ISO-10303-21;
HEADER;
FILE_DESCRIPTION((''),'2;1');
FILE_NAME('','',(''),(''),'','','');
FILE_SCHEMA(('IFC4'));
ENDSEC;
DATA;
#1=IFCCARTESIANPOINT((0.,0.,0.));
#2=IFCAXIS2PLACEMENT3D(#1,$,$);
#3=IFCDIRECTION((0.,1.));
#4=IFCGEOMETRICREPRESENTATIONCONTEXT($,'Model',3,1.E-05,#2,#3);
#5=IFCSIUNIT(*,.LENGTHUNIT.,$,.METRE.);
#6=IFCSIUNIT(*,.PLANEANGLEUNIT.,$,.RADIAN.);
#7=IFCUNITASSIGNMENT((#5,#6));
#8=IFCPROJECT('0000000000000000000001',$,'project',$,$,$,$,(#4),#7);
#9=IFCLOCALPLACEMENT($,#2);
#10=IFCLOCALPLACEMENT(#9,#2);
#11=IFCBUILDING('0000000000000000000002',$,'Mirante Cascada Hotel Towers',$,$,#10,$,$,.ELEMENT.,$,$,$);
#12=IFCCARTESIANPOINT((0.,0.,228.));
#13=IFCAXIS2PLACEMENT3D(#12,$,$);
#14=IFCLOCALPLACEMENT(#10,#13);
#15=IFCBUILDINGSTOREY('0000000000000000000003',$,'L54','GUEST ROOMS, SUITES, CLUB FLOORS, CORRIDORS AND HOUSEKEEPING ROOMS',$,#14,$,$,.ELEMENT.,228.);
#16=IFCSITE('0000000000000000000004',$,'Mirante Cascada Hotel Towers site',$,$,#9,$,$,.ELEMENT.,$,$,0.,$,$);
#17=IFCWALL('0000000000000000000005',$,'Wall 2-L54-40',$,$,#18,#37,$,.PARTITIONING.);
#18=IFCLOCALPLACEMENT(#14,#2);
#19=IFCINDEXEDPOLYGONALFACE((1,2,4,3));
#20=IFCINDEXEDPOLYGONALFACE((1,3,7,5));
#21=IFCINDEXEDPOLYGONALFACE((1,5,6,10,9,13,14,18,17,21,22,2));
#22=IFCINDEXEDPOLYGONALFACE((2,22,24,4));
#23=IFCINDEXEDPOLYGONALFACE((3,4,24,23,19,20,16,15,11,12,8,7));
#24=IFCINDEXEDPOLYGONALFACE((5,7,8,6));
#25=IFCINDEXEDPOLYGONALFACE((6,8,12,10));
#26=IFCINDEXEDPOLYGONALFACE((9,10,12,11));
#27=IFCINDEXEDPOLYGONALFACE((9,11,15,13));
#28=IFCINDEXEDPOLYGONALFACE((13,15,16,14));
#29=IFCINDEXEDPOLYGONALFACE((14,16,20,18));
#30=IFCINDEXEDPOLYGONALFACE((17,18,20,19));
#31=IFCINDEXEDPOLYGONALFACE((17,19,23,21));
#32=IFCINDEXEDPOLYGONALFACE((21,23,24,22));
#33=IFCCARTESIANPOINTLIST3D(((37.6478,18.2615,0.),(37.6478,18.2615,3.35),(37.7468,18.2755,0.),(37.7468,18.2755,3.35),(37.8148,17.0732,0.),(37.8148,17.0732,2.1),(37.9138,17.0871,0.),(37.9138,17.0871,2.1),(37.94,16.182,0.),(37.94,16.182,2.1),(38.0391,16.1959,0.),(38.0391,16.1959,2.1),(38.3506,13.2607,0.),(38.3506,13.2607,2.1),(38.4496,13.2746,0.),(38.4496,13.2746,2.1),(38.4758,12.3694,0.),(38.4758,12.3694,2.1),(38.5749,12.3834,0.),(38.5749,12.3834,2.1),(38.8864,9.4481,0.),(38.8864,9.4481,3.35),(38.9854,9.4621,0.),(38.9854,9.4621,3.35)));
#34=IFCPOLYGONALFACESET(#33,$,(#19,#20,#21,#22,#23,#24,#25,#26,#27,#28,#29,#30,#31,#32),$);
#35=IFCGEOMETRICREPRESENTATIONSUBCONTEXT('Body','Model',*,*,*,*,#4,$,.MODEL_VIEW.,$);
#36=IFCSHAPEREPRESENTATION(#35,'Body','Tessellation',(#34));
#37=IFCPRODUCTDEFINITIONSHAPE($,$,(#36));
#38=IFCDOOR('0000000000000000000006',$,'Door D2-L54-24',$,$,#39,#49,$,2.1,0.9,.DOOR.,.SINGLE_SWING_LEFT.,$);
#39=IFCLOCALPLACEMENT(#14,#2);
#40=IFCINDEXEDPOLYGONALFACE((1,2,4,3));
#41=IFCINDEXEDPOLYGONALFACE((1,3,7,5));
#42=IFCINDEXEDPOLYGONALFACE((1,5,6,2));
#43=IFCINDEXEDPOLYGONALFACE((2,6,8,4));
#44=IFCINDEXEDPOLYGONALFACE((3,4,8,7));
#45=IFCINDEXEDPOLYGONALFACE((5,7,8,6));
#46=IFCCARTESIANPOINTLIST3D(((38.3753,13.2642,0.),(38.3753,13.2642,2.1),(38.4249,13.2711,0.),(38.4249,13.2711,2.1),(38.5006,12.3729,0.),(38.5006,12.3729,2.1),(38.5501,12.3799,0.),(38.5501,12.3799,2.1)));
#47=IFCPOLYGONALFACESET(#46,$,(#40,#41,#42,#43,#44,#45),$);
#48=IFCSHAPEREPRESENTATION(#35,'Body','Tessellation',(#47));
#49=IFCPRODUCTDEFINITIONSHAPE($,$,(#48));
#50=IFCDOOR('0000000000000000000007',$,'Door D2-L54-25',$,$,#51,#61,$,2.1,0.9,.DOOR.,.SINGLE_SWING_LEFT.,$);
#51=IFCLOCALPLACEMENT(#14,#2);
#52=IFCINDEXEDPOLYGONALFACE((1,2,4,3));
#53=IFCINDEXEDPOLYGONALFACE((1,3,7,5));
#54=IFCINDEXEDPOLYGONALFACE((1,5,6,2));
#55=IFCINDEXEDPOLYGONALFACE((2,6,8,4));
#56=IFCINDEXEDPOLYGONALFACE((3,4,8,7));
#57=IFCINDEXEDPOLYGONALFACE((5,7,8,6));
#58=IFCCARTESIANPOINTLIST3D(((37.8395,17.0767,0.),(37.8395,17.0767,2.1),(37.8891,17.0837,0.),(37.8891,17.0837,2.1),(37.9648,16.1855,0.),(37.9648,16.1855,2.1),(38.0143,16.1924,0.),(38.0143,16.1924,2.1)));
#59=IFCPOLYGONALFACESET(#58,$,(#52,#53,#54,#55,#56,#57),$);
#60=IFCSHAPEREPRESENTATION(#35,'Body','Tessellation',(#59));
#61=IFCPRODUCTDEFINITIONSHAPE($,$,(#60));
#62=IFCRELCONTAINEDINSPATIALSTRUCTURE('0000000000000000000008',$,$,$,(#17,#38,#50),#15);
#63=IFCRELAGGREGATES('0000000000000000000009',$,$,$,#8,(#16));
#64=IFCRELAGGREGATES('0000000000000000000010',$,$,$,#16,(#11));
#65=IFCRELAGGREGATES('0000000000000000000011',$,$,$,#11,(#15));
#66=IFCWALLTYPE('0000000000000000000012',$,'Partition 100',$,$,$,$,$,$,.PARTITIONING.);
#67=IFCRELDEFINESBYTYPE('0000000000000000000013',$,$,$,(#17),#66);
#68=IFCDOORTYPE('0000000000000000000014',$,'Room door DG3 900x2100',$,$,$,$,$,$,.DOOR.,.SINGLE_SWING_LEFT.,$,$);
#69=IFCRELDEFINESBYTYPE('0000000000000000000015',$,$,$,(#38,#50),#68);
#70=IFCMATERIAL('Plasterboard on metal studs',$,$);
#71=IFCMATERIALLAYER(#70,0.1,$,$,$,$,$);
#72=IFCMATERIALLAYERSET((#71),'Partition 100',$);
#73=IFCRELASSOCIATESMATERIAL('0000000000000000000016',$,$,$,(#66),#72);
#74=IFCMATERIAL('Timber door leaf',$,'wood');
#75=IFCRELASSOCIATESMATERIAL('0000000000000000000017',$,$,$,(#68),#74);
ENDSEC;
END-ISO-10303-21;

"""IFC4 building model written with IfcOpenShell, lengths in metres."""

from ifc_helpers import new_model, si_unit, direction, frame, frame_2d, origin, place, context, subcontext, project, spatial, rectangle, extrude, material, layer, layer_set, type_object, element, fill, save


model = new_model("IFC4")

# Units and contexts
model_context = context("Model", 3, precision=1e-05, world=origin(), true_north=direction((0.0, 1.0)))
body_context = subcontext(model_context, "Body", "Model", "MODEL_VIEW")
ifc_project = project(units=[si_unit("LENGTHUNIT", "METRE"), si_unit("PLANEANGLEUNIT", "RADIAN")], contexts=[model_context])

# Site, building, storey
site_placement = place(None, origin())
site = spatial("IfcSite", under=ifc_project, at=site_placement, Name="Mirante Cascada Hotel Towers site", CompositionType="ELEMENT", RefElevation=0.0)
building_placement = place(site_placement, origin())
building = spatial("IfcBuilding", under=site, at=building_placement, Name="Mirante Cascada Hotel Towers", CompositionType="ELEMENT")
storey_placement = place(building_placement, frame((0.0, 0.0, 228.0)))
storey = spatial("IfcBuildingStorey", under=building, at=storey_placement, Name="L54", Description="GUEST ROOMS, SUITES, CLUB FLOORS, CORRIDORS AND HOUSEKEEPING ROOMS", CompositionType="ELEMENT", Elevation=228.0)

# Shared definitions
ifc_material_1 = material(Name="Plasterboard on metal studs")
ifc_layer_1 = layer(ifc_material_1, 0.1)
ifc_layer_set_1 = layer_set([ifc_layer_1], Name="Partition 100")
wall_type = type_object("IfcWallType", Name="Partition 100", PredefinedType="PARTITIONING", material=ifc_layer_set_1)

# Wall, openings, doors
wall_1_placement = place(storey_placement, frame((37.6973, 18.2685, 0.0), z_axis=(0.0, 0.0, 1.0), x_axis=(0.139168, -0.990269, 0.0)))
wall_1 = element("IfcWall", 1, at=wall_1_placement, inside=storey, type_object=wall_type, Name="Wall 2-L54-40", PredefinedType="PARTITIONING", context=body_context, shape_type="SweptSolid", body=[
    extrude(rectangle(XDim=8.9, YDim=0.1, at=frame_2d((4.45, 0.0))), origin(), (0.0, 0.0, 1.0), 3.35),
])
opening_1_placement = place(wall_1_placement, frame((5.05, 0.0, 0.0)))
opening_1 = element("IfcOpeningElement", 2, at=opening_1_placement, cuts=wall_1, PredefinedType="OPENING", context=body_context, shape_type="SweptSolid", body=[
    extrude(rectangle(XDim=0.9, YDim=2.1, at=frame_2d((0.45, 1.05))), frame((0.0, 0.05, 0.0), z_axis=(0.0, -1.0, 0.0), x_axis=(1.0, 0.0, 0.0)), (0.0, 0.0, 1.0), 0.1),
])
opening_2_placement = place(wall_1_placement, frame((1.2, 0.0, 0.0)))
opening_2 = element("IfcOpeningElement", 3, at=opening_2_placement, cuts=wall_1, PredefinedType="OPENING", context=body_context, shape_type="SweptSolid", body=[
    extrude(rectangle(XDim=0.9, YDim=2.1, at=frame_2d((0.45, 1.05))), frame((0.0, 0.05, 0.0), z_axis=(0.0, -1.0, 0.0), x_axis=(1.0, 0.0, 0.0)), (0.0, 0.0, 1.0), 0.1),
])
ifc_material_2 = material(Name="Timber door leaf", Category="wood")
door_type_1 = type_object("IfcDoorType", Name="Room door DG3 900x2100", OperationType="SINGLE_SWING_LEFT", PredefinedType="DOOR", material=ifc_material_2)
door_1_placement = place(opening_1_placement, origin())
door_1 = element("IfcDoor", 4, at=door_1_placement, inside=storey, type_object=door_type_1, Name="Door D2-L54-24", OperationType="SINGLE_SWING_LEFT", OverallHeight=2.1, OverallWidth=0.9, PredefinedType="DOOR", context=body_context, shape_type="SweptSolid", body=[
    extrude(rectangle(XDim=0.9, YDim=2.1, at=frame_2d((0.45, 1.05))), frame((0.0, 0.025, 0.0), z_axis=(0.0, -1.0, 0.0), x_axis=(1.0, 0.0, 0.0)), (0.0, 0.0, 1.0), 0.05),
])
fill(opening_1, door_1)
door_2_placement = place(opening_2_placement, origin())
door_2 = element("IfcDoor", 5, at=door_2_placement, inside=storey, type_object=door_type_1, Name="Door D2-L54-25", OperationType="SINGLE_SWING_LEFT", OverallHeight=2.1, OverallWidth=0.9, PredefinedType="DOOR", context=body_context, shape_type="SweptSolid", body=[
    extrude(rectangle(XDim=0.9, YDim=2.1, at=frame_2d((0.45, 1.05))), frame((0.0, 0.025, 0.0), z_axis=(0.0, -1.0, 0.0), x_axis=(1.0, 0.0, 0.0)), (0.0, 0.0, 1.0), 0.05),
])
fill(opening_2, door_2)

save(model, "model.ifc")
